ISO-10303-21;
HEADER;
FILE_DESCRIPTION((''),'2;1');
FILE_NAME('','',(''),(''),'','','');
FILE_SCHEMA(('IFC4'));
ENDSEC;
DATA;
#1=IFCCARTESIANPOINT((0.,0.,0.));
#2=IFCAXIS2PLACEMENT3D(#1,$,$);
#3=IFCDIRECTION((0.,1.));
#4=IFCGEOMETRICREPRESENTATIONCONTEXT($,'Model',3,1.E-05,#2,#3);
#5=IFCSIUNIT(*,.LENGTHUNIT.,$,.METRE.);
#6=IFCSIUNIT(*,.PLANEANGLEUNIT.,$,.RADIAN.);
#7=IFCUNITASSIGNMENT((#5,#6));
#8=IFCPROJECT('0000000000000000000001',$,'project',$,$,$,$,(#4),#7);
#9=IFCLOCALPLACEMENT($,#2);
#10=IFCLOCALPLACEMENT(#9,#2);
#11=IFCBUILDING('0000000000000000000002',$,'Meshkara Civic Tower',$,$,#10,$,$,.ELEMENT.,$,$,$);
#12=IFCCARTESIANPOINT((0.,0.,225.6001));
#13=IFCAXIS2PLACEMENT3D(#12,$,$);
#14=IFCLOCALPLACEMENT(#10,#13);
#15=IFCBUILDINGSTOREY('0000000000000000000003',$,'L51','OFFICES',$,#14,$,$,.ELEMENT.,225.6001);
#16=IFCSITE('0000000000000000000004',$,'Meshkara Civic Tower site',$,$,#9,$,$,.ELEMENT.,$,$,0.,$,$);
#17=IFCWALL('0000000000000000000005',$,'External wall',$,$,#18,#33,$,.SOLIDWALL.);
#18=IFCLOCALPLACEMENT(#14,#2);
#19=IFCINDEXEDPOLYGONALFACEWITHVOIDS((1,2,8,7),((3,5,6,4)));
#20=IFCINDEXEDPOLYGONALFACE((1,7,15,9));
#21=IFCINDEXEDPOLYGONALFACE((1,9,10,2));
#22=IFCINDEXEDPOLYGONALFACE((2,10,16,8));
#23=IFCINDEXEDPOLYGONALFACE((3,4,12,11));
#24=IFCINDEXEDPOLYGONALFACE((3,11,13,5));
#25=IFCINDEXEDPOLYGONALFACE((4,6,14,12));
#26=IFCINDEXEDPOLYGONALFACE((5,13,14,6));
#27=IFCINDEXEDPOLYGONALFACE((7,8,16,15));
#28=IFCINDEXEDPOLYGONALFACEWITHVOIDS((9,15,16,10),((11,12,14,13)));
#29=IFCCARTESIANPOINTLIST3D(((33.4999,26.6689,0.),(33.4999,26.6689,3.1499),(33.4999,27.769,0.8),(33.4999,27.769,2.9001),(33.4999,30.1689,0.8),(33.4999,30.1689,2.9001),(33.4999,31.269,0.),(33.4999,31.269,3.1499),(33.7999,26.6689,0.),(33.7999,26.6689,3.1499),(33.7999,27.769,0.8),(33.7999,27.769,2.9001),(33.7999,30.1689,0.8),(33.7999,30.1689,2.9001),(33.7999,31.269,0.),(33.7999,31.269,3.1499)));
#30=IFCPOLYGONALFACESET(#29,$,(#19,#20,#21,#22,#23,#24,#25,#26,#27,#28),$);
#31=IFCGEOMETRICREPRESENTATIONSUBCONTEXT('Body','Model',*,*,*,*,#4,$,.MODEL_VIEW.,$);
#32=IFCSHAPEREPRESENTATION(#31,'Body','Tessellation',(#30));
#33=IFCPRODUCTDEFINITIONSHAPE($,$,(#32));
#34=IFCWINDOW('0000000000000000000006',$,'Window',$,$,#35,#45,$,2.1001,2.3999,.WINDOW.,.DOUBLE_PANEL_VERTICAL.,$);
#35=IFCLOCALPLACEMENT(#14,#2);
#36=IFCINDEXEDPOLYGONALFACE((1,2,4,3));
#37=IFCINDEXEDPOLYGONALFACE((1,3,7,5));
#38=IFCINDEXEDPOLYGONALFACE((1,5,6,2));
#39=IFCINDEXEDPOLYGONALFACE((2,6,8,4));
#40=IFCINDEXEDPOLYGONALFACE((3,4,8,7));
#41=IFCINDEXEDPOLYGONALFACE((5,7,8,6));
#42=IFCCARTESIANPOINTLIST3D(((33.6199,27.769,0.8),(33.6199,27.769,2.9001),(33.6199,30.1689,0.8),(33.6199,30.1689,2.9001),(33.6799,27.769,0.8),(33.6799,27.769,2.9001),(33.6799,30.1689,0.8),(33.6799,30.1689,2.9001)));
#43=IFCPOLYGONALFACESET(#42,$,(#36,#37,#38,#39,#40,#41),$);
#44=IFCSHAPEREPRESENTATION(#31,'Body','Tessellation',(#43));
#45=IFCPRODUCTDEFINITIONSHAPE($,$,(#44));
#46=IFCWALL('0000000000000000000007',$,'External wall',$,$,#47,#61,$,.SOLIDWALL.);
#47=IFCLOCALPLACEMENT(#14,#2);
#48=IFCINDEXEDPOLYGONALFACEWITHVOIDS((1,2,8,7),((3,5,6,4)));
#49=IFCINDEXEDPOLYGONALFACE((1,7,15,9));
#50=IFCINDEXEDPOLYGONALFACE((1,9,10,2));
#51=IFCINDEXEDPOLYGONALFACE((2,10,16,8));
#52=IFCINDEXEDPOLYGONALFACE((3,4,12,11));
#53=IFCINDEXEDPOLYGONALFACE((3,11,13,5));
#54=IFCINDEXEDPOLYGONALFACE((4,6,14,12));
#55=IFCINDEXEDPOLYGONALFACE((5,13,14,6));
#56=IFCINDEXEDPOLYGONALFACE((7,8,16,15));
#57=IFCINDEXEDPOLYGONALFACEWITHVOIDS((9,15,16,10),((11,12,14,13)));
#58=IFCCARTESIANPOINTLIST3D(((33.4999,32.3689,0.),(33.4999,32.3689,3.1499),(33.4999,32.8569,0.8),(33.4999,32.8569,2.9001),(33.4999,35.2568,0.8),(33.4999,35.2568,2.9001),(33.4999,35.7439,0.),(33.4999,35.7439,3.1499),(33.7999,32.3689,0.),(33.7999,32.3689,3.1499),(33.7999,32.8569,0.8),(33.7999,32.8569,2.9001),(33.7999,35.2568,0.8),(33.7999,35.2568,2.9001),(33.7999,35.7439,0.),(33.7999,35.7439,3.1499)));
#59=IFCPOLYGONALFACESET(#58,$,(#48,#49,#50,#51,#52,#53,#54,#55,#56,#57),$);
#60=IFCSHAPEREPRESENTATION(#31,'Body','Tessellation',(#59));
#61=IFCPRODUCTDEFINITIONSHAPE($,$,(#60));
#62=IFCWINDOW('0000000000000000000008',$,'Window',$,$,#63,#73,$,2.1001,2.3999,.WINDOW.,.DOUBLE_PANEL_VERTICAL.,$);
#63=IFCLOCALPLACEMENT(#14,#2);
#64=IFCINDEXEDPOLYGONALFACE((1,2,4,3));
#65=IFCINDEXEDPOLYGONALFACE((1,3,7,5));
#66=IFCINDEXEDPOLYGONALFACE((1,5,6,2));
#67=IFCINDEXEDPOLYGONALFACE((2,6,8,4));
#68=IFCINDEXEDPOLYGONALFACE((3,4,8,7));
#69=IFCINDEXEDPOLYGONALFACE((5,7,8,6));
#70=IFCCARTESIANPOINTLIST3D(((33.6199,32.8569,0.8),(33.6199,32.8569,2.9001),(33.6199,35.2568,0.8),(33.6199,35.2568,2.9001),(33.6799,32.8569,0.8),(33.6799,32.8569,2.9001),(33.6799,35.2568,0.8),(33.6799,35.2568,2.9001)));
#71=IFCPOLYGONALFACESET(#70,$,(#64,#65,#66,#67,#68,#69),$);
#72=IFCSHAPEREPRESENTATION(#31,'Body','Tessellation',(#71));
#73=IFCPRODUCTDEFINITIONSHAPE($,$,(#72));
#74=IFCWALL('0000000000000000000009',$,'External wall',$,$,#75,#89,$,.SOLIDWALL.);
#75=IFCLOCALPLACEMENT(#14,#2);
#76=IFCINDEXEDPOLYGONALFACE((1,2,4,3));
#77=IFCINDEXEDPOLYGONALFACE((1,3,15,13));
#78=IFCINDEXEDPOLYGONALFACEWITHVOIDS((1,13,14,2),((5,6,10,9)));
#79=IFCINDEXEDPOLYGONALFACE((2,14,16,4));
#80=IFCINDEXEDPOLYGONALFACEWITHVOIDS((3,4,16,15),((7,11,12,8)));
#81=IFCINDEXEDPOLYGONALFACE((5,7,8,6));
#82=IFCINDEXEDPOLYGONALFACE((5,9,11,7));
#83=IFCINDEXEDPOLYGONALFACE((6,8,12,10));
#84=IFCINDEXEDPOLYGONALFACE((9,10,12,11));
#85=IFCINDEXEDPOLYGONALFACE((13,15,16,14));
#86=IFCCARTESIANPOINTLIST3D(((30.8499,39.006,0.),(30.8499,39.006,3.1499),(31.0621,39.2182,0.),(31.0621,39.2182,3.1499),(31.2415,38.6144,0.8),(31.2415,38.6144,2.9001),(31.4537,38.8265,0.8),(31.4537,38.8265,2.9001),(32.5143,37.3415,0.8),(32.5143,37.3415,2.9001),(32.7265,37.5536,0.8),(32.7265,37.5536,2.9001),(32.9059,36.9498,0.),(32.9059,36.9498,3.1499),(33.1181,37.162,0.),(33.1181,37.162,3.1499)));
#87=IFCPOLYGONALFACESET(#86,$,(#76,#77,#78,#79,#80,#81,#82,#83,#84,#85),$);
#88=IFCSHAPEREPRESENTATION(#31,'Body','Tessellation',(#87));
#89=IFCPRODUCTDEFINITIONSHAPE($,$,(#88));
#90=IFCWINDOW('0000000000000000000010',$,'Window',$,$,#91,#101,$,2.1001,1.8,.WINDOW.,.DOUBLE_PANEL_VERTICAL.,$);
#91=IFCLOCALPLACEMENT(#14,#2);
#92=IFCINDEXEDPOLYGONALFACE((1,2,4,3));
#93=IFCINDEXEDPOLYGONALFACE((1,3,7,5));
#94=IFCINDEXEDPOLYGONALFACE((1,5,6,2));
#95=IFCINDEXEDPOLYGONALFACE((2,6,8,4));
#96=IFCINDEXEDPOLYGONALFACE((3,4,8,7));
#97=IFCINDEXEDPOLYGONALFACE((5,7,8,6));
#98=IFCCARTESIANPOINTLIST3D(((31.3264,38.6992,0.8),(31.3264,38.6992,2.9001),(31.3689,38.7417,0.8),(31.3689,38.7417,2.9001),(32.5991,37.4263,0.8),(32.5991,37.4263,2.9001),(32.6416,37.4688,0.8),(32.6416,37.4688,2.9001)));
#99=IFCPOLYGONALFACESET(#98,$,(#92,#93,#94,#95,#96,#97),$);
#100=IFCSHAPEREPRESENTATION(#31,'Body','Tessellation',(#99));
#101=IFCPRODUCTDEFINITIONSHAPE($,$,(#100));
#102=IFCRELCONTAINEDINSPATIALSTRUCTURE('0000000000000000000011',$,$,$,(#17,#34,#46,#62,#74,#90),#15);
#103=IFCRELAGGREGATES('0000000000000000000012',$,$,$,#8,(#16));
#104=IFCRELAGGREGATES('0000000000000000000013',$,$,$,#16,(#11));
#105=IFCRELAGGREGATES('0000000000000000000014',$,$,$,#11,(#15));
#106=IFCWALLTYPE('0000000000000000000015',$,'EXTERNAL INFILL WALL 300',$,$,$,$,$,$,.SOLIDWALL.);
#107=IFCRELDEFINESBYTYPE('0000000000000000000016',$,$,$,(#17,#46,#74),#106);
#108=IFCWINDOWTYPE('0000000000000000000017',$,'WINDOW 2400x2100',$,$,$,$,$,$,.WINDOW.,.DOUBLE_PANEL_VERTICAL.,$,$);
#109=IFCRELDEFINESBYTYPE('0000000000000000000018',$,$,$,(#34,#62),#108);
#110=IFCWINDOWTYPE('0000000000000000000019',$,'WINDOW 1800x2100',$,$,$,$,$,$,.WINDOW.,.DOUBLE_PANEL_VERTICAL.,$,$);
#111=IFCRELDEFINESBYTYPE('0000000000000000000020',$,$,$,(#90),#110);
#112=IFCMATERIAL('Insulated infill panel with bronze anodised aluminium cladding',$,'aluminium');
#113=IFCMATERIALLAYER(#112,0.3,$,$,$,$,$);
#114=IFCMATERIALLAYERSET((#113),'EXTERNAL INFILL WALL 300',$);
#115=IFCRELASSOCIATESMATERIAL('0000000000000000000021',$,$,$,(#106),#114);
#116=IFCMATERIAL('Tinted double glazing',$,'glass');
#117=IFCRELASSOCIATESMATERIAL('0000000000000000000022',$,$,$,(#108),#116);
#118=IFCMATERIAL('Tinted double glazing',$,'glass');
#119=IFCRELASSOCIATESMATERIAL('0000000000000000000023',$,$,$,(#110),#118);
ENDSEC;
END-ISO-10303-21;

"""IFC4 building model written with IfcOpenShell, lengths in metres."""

from ifc_helpers import new_model, si_unit, direction, frame, frame_2d, origin, place, context, subcontext, project, spatial, rectangle, extrude, material, layer, layer_set, type_object, element, fill, save


model = new_model("IFC4")

# Units and contexts
model_context = context("Model", 3, precision=1e-05, world=origin(), true_north=direction((0.0, 1.0)))
body_context = subcontext(model_context, "Body", "Model", "MODEL_VIEW")
ifc_project = project(units=[si_unit("LENGTHUNIT", "METRE"), si_unit("PLANEANGLEUNIT", "RADIAN")], contexts=[model_context])

# Site, building, storey
site_placement = place(None, origin())
site = spatial("IfcSite", under=ifc_project, at=site_placement, Name="Meshkara Civic Tower site", CompositionType="ELEMENT", RefElevation=0.0)
building_placement = place(site_placement, origin())
building = spatial("IfcBuilding", under=site, at=building_placement, Name="Meshkara Civic Tower", CompositionType="ELEMENT")
storey_placement = place(building_placement, frame((0.0, 0.0, 225.6001)))
storey = spatial("IfcBuildingStorey", under=building, at=storey_placement, Name="L51", Description="OFFICES", CompositionType="ELEMENT", Elevation=225.6001)

# Walls, openings, windows
ifc_material_1 = material(Name="Insulated infill panel with bronze anodised aluminium cladding", Category="aluminium")
ifc_layer_1 = layer(ifc_material_1, 0.3)
ifc_layer_set_1 = layer_set([ifc_layer_1], Name="EXTERNAL INFILL WALL 300")
wall_type_1 = type_object("IfcWallType", Name="EXTERNAL INFILL WALL 300", PredefinedType="SOLIDWALL", material=ifc_layer_set_1)
ifc_material_2 = material(Name="Tinted double glazing", Category="glass")
window_type_1 = type_object("IfcWindowType", Name="WINDOW 2400x2100", PartitioningType="DOUBLE_PANEL_VERTICAL", PredefinedType="WINDOW", material=ifc_material_2)
wall_1_placement = place(storey_placement, frame((33.6499, 26.6689, 0.0), z_axis=(0.0, 0.0, 1.0), x_axis=(0.0, 1.0, 0.0)))
wall_1 = element("IfcWall", 1, at=wall_1_placement, inside=storey, type_object=wall_type_1, Name="External wall", PredefinedType="SOLIDWALL", context=body_context, shape_type="SweptSolid", body=[
    extrude(rectangle(XDim=4.6001, YDim=0.3, at=frame_2d((2.3, 0.0))), origin(), (0.0, 0.0, 1.0), 3.1499),
])
opening_1_placement = place(wall_1_placement, frame((1.1001, 0.0, 0.8)))
opening_1 = element("IfcOpeningElement", 2, at=opening_1_placement, cuts=wall_1, PredefinedType="OPENING", context=body_context, shape_type="SweptSolid", body=[
    extrude(rectangle(XDim=2.3999, YDim=2.1001, at=frame_2d((1.2, 1.05))), frame((0.0, 0.1599, 0.0), z_axis=(0.0, -1.0, 0.0), x_axis=(1.0, 0.0, 0.0)), (0.0, 0.0, 1.0), 0.3201),
])
window_1_placement = place(opening_1_placement, origin())
window_1 = element("IfcWindow", 3, at=window_1_placement, inside=storey, type_object=window_type_1, Name="Window", OverallHeight=2.1001, OverallWidth=2.3999, PartitioningType="DOUBLE_PANEL_VERTICAL", PredefinedType="WINDOW", context=body_context, shape_type="SweptSolid", body=[
    extrude(rectangle(XDim=2.3999, YDim=2.1001, at=frame_2d((1.2, 1.05))), frame((0.0, 0.03, 0.0), z_axis=(0.0, -1.0, 0.0), x_axis=(1.0, 0.0, 0.0)), (0.0, 0.0, 1.0), 0.0601),
])
fill(opening_1, window_1)
wall_2_placement = place(storey_placement, frame((33.6499, 32.3689, 0.0), z_axis=(0.0, 0.0, 1.0), x_axis=(0.0, 1.0, 0.0)))
wall_2 = element("IfcWall", 4, at=wall_2_placement, inside=storey, type_object=wall_type_1, Name="External wall", PredefinedType="SOLIDWALL", context=body_context, shape_type="SweptSolid", body=[
    extrude(rectangle(XDim=3.375, YDim=0.3, at=frame_2d((1.6875, 0.0))), origin(), (0.0, 0.0, 1.0), 3.1499),
])
opening_2_placement = place(wall_2_placement, frame((0.488, 0.0, 0.8)))
opening_2 = element("IfcOpeningElement", 5, at=opening_2_placement, cuts=wall_2, PredefinedType="OPENING", context=body_context, shape_type="SweptSolid", body=[
    extrude(rectangle(XDim=2.3999, YDim=2.1001, at=frame_2d((1.2, 1.05))), frame((0.0, 0.1599, 0.0), z_axis=(0.0, -1.0, 0.0), x_axis=(1.0, 0.0, 0.0)), (0.0, 0.0, 1.0), 0.3201),
])
window_2_placement = place(opening_2_placement, origin())
window_2 = element("IfcWindow", 6, at=window_2_placement, inside=storey, type_object=window_type_1, Name="Window", OverallHeight=2.1001, OverallWidth=2.3999, PartitioningType="DOUBLE_PANEL_VERTICAL", PredefinedType="WINDOW", context=body_context, shape_type="SweptSolid", body=[
    extrude(rectangle(XDim=2.3999, YDim=2.1001, at=frame_2d((1.2, 1.05))), frame((0.0, 0.03, 0.0), z_axis=(0.0, -1.0, 0.0), x_axis=(1.0, 0.0, 0.0)), (0.0, 0.0, 1.0), 0.0601),
])
fill(opening_2, window_2)
wall_3_placement = place(storey_placement, frame((33.012, 37.0559, 0.0), z_axis=(0.0, 0.0, 1.0), x_axis=(-0.707065, 0.707149, 0.0)))
wall_3 = element("IfcWall", 7, at=wall_3_placement, inside=storey, type_object=wall_type_1, Name="External wall", PredefinedType="SOLIDWALL", context=body_context, shape_type="SweptSolid", body=[
    extrude(rectangle(XDim=2.9077, YDim=0.3, at=frame_2d((1.4539, 0.0))), origin(), (0.0, 0.0, 1.0), 3.1499),
])
opening_3_placement = place(wall_3_placement, frame((0.554, 0.0, 0.8)))
opening_3 = element("IfcOpeningElement", 8, at=opening_3_placement, cuts=wall_3, PredefinedType="OPENING", context=body_context, shape_type="SweptSolid", body=[
    extrude(rectangle(XDim=1.8, YDim=2.1001, at=frame_2d((0.8999, 1.05))), frame((0.0, 0.1599, 0.0), z_axis=(0.0, -1.0, 0.0), x_axis=(1.0, 0.0, 0.0)), (0.0, 0.0, 1.0), 0.3201),
])
ifc_material_3 = material(Name="Tinted double glazing", Category="glass")
window_type_2 = type_object("IfcWindowType", Name="WINDOW 1800x2100", PartitioningType="DOUBLE_PANEL_VERTICAL", PredefinedType="WINDOW", material=ifc_material_3)
window_3_placement = place(opening_3_placement, origin())
window_3 = element("IfcWindow", 9, at=window_3_placement, inside=storey, type_object=window_type_2, Name="Window", OverallHeight=2.1001, OverallWidth=1.8, PartitioningType="DOUBLE_PANEL_VERTICAL", PredefinedType="WINDOW", context=body_context, shape_type="SweptSolid", body=[
    extrude(rectangle(XDim=1.8, YDim=2.1001, at=frame_2d((0.8999, 1.05))), frame((0.0, 0.03, 0.0), z_axis=(0.0, -1.0, 0.0), x_axis=(1.0, 0.0, 0.0)), (0.0, 0.0, 1.0), 0.0601),
])
fill(opening_3, window_3)

save(model, "model.ifc")
